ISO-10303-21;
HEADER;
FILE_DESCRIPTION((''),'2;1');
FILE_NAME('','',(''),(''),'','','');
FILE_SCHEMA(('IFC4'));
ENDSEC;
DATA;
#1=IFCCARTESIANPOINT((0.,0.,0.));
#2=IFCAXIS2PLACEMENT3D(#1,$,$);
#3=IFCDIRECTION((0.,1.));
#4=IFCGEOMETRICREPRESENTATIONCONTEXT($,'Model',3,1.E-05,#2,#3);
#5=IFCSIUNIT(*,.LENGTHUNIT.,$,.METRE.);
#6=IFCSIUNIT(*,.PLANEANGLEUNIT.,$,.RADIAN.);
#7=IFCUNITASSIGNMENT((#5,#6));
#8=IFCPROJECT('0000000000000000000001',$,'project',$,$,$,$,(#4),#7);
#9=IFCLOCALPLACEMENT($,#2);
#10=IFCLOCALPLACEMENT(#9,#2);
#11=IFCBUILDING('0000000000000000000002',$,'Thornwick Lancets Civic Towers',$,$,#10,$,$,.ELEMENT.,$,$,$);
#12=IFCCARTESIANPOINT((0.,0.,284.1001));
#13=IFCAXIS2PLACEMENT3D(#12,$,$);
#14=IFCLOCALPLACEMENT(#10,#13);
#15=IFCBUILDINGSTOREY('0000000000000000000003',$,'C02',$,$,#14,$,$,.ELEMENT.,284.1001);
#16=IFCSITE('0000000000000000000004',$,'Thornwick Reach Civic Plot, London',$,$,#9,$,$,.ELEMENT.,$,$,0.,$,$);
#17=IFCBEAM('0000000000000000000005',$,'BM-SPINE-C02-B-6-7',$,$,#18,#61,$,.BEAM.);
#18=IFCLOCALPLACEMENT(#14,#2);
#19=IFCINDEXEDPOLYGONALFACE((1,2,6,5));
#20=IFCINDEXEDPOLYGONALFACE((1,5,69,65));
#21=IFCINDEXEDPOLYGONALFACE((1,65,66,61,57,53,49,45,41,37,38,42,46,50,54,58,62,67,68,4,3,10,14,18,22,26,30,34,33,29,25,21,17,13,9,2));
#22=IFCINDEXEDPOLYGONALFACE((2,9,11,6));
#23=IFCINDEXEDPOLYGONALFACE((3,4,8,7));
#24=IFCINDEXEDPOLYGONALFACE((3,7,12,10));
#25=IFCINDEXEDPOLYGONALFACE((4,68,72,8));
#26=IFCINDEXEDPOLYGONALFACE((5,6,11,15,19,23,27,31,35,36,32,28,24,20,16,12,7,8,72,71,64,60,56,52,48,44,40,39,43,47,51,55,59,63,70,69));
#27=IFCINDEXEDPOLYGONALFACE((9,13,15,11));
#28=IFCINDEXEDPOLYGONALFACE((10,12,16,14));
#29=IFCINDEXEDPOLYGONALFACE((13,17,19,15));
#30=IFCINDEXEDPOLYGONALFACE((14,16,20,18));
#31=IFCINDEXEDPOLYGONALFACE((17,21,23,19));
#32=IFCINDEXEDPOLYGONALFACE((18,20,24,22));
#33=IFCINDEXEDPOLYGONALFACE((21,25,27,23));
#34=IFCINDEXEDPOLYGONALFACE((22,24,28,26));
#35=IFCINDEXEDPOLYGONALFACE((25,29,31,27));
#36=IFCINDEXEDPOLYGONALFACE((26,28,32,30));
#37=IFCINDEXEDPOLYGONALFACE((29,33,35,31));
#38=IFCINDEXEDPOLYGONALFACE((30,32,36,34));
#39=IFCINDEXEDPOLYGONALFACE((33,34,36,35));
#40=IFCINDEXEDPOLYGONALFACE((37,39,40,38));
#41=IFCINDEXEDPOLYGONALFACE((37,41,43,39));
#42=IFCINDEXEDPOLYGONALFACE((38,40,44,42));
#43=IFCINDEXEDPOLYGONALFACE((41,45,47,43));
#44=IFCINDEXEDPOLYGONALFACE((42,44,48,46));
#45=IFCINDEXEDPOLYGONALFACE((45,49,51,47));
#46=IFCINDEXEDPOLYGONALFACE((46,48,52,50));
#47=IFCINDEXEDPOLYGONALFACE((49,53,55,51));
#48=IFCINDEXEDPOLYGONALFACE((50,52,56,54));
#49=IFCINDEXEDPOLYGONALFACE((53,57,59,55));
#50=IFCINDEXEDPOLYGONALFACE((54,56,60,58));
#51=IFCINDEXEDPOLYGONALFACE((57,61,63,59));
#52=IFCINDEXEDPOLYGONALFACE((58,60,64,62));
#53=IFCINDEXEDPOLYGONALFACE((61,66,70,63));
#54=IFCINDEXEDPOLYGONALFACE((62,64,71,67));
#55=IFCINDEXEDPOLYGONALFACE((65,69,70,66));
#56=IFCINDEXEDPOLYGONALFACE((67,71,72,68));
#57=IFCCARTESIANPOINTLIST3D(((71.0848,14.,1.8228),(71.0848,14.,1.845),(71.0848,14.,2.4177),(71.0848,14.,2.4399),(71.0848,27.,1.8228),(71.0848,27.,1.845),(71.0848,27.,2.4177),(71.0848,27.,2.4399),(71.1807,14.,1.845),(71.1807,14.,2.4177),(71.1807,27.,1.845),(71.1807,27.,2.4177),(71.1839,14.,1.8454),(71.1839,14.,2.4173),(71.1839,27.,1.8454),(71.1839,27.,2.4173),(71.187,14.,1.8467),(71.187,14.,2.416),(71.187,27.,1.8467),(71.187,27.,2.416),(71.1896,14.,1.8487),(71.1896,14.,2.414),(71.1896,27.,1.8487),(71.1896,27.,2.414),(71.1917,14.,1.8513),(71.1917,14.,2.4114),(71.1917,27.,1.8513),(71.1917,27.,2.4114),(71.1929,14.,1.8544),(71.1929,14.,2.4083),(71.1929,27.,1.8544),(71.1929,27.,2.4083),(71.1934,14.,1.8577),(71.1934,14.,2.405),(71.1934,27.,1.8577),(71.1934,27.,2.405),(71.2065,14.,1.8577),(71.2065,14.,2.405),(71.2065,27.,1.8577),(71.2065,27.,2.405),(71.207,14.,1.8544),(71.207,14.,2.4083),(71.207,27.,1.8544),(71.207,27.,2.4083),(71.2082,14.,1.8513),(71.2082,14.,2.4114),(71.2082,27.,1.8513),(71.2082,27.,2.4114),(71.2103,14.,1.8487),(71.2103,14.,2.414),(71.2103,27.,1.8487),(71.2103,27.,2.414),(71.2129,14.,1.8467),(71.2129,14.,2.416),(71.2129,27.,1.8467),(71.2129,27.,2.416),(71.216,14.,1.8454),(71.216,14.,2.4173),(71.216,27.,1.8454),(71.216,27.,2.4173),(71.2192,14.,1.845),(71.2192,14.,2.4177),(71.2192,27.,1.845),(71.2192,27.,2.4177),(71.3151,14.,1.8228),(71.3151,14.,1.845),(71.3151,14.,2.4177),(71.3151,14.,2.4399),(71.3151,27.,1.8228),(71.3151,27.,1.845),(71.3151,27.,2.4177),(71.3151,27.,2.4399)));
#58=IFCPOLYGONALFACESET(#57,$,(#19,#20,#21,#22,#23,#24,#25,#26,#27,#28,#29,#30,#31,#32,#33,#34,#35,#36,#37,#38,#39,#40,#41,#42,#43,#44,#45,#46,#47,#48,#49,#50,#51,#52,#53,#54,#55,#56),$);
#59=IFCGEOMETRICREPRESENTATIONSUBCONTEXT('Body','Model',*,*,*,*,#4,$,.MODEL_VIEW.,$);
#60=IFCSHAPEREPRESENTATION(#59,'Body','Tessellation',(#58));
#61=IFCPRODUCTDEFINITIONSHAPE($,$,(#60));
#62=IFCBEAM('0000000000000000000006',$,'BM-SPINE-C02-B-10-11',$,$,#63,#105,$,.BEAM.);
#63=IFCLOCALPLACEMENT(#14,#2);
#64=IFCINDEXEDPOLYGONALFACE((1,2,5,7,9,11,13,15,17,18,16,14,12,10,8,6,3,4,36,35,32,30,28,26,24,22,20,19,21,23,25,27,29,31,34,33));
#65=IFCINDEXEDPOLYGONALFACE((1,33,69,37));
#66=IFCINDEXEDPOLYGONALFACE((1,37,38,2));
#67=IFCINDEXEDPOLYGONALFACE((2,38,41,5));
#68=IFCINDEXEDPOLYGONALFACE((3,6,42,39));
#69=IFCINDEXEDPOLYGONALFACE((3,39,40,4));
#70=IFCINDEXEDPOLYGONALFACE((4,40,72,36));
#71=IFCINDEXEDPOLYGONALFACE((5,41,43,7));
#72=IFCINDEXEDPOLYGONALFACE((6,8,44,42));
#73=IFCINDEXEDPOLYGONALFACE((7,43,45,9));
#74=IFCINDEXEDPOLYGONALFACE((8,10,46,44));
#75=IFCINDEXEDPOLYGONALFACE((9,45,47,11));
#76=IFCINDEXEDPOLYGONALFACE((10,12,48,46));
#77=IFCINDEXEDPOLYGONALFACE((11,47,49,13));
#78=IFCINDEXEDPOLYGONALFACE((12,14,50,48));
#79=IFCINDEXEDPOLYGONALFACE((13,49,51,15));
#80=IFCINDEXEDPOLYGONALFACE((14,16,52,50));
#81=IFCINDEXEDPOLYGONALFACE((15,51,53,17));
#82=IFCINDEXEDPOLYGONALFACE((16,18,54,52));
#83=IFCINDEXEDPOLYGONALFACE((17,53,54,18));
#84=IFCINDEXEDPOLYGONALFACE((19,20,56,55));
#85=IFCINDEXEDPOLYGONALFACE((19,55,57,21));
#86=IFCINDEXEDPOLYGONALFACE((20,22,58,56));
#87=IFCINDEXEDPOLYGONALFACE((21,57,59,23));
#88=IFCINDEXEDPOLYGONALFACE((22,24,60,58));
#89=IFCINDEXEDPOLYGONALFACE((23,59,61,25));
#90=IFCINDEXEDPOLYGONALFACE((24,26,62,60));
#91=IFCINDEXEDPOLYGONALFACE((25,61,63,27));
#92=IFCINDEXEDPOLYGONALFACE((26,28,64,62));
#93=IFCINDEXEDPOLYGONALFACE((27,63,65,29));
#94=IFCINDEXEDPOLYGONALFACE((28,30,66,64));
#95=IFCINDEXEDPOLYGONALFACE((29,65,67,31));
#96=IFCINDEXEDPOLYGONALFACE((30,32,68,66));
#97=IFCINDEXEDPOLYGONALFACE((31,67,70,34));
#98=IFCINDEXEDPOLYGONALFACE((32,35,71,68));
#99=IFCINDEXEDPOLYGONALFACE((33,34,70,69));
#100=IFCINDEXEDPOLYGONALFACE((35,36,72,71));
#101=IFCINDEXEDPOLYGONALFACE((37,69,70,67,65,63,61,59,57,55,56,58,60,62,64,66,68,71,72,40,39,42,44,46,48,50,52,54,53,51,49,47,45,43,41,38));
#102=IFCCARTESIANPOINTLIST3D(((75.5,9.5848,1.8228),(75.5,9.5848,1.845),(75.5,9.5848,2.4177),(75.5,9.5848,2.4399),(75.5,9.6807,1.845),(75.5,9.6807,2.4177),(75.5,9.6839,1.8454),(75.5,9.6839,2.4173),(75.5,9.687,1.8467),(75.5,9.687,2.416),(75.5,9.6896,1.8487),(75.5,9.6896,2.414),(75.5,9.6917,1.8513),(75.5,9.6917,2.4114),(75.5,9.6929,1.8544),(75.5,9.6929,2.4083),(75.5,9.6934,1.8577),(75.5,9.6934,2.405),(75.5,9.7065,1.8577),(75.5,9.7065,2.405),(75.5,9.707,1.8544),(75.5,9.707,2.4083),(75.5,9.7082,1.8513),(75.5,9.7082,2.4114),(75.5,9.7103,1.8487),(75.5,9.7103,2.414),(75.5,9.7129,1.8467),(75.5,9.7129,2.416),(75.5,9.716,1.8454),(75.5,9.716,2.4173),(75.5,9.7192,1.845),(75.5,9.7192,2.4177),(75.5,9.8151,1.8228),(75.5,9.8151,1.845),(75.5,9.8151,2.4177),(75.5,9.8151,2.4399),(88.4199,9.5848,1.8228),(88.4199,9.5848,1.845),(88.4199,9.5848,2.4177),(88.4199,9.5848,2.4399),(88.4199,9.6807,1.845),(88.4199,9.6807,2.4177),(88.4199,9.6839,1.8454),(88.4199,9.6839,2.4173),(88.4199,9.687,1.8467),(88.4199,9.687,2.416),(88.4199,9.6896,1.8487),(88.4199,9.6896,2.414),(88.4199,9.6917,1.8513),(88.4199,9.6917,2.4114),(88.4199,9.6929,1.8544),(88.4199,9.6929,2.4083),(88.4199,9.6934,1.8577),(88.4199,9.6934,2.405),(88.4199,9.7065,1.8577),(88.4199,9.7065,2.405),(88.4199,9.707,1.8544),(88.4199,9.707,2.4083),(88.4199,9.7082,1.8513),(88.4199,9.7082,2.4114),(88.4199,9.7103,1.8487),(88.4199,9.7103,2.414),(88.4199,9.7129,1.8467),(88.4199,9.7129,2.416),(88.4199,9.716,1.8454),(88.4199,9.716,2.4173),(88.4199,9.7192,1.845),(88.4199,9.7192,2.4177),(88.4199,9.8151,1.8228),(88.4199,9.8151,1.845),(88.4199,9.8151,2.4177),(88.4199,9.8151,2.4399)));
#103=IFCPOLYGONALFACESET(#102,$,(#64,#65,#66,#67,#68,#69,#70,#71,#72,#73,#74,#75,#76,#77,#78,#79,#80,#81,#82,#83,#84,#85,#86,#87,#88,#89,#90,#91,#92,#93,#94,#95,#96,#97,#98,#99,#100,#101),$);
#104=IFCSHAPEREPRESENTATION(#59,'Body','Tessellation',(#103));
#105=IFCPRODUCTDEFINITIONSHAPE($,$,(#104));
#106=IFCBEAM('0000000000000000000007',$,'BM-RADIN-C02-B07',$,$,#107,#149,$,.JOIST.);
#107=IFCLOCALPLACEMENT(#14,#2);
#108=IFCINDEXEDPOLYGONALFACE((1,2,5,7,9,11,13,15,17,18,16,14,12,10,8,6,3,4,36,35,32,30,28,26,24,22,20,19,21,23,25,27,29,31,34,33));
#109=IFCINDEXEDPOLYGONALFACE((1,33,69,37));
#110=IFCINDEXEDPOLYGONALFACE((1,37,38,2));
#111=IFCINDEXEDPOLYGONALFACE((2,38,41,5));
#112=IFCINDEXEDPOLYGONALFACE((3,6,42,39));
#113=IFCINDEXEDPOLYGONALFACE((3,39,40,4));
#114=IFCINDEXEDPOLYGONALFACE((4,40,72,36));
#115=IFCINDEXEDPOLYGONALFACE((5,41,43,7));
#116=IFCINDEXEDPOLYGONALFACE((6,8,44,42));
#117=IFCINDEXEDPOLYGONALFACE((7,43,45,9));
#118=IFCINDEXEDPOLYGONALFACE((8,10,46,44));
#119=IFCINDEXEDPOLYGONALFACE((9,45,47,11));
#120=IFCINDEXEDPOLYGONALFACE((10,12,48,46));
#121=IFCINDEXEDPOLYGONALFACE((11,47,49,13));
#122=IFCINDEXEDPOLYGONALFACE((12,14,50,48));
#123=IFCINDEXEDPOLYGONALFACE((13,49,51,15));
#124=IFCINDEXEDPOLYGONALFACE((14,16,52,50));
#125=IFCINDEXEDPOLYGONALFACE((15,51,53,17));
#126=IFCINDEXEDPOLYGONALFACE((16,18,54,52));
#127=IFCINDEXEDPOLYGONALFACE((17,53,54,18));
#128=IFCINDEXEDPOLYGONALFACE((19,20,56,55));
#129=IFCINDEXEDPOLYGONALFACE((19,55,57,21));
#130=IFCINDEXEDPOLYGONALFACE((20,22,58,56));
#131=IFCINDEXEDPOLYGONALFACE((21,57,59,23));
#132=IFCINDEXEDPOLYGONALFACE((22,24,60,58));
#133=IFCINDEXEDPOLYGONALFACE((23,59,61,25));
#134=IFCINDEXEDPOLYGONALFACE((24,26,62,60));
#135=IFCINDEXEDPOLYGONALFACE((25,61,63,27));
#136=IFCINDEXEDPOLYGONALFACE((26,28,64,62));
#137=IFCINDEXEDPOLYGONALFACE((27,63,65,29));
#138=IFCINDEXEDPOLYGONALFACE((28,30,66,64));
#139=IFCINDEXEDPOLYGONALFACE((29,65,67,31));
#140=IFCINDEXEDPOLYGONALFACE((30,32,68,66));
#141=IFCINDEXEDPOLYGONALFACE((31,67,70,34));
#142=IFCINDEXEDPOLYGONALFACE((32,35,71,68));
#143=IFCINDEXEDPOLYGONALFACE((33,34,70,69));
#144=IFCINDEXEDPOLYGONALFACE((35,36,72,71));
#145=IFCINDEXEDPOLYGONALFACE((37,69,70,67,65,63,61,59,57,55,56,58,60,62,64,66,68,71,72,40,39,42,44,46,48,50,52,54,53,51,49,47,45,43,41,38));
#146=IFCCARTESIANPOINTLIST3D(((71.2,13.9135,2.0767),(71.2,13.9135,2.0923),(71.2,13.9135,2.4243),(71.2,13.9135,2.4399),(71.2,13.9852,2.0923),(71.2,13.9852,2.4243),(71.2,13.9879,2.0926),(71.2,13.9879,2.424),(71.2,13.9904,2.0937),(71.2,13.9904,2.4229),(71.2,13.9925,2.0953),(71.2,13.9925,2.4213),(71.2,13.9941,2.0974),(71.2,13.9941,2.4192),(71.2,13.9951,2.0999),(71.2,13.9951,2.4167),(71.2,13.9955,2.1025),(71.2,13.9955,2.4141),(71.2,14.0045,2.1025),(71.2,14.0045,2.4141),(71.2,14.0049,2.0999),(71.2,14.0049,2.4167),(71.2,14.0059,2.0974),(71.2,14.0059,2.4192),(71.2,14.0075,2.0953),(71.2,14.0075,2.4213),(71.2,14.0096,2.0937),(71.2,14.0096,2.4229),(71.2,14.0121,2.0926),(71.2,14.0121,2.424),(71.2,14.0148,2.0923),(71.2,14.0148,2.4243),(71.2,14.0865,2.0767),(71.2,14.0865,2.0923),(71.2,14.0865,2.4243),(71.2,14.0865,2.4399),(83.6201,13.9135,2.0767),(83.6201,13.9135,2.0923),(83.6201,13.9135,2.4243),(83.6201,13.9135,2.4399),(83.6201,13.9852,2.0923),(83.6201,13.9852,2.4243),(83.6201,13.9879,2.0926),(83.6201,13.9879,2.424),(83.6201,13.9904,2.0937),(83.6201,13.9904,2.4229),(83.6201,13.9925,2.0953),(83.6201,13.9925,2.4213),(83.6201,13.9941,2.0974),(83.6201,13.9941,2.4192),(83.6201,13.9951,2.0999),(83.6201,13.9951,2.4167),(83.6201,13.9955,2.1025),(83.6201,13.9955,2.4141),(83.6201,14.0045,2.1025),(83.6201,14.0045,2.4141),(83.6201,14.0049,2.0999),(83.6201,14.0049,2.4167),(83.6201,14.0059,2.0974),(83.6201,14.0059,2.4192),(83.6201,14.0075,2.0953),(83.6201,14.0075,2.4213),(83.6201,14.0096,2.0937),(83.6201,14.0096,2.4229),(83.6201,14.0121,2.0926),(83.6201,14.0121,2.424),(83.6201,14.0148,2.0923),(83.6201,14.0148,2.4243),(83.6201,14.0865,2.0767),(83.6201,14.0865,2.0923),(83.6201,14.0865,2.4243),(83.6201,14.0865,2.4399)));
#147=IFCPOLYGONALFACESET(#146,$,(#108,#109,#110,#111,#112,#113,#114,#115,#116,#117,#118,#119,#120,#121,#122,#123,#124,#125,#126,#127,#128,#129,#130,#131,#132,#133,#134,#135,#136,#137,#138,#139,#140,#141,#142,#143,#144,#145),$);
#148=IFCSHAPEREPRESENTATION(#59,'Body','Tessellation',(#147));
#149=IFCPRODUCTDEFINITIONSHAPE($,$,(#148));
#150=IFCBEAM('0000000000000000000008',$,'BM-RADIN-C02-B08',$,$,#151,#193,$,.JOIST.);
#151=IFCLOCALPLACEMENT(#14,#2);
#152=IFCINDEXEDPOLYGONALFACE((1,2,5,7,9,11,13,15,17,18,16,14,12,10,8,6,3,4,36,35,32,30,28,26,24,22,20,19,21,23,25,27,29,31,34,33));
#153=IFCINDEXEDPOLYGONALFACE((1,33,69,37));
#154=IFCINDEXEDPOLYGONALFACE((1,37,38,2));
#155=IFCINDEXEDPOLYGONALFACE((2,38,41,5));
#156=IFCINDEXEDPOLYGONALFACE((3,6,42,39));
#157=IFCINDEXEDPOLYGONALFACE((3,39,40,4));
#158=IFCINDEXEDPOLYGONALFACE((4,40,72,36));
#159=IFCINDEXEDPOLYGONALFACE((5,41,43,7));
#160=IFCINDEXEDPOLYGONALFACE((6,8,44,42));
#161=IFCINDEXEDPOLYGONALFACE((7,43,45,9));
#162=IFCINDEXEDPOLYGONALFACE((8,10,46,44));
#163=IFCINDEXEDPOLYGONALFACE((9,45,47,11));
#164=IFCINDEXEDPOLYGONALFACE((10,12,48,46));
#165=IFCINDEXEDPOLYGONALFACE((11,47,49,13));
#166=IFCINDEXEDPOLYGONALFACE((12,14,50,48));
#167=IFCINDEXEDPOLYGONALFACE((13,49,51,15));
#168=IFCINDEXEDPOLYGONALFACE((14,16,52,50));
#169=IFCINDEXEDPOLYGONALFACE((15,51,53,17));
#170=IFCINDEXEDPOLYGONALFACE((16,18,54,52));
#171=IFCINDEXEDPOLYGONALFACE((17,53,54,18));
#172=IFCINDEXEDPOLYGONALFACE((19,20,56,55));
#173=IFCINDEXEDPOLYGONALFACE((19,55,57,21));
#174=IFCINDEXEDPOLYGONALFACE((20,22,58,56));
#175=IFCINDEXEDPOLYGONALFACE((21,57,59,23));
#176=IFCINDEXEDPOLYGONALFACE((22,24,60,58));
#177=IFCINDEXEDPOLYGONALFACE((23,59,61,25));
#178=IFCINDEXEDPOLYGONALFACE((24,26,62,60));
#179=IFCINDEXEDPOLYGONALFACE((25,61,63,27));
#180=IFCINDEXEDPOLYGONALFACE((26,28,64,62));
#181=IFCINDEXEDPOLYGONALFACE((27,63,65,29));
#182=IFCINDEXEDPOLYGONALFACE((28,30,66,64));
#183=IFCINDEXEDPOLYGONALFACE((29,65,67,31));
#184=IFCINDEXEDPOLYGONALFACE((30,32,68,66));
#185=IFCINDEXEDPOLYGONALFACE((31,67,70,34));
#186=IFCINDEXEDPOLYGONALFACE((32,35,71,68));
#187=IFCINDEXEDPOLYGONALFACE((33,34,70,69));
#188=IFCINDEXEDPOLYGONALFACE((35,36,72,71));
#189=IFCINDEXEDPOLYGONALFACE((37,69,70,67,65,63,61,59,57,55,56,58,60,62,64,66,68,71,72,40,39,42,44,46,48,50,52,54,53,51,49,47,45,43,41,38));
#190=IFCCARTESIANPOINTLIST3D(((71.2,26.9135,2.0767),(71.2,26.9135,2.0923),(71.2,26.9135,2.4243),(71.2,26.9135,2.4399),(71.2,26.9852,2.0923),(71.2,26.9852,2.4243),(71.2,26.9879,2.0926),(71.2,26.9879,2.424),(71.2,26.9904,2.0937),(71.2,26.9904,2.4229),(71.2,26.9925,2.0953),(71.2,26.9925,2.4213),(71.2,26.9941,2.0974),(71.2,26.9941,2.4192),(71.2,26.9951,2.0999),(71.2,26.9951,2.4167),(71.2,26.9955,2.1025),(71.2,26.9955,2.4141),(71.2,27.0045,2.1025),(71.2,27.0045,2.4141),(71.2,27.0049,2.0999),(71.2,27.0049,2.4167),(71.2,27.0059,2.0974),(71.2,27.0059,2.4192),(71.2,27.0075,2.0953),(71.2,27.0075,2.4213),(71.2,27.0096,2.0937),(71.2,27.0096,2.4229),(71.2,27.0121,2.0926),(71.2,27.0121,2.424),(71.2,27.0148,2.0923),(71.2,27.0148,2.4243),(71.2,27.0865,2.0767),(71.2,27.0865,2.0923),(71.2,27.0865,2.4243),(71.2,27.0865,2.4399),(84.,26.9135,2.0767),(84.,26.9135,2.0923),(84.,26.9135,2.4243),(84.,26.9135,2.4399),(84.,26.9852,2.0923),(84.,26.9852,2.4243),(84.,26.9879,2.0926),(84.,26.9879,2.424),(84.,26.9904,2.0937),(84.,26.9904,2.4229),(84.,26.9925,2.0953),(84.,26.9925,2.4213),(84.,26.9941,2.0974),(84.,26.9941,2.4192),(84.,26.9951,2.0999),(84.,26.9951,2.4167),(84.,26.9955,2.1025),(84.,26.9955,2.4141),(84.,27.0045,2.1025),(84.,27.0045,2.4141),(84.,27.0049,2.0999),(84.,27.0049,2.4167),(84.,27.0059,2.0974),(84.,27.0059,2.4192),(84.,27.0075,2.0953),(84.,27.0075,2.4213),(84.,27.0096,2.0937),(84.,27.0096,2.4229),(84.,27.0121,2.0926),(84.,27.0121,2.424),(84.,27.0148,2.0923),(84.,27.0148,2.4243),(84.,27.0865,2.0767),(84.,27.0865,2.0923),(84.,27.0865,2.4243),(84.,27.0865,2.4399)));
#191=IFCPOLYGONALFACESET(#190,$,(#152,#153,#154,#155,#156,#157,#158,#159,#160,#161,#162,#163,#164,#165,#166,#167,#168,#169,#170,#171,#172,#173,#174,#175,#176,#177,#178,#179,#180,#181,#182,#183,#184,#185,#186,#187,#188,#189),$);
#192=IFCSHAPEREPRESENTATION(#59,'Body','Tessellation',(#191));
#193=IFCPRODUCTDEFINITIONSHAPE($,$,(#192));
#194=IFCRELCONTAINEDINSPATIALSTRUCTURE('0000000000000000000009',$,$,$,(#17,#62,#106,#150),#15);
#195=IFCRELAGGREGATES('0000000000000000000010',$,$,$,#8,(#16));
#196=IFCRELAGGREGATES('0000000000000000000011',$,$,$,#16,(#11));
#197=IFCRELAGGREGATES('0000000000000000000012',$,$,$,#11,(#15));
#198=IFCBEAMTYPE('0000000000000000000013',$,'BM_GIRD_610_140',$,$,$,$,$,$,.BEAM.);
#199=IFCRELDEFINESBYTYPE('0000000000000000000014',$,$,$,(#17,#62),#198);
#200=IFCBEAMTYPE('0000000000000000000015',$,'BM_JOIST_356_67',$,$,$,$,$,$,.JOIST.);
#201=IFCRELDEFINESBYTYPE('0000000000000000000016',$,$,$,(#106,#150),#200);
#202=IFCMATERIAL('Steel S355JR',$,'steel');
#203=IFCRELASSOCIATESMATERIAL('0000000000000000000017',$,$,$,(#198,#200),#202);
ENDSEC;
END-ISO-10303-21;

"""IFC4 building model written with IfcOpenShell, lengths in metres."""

from ifc_helpers import new_model, si_unit, direction, frame, origin, origin_2d, place, context, subcontext, project, spatial, i_section, extrude, material, material_profile, profile_set, type_object, element, save


model = new_model("IFC4")

# Units and contexts
model_context = context("Model", 3, precision=1e-05, world=origin(), true_north=direction((0.0, 1.0)))
body_context = subcontext(model_context, "Body", "Model", "MODEL_VIEW")
ifc_project = project(units=[si_unit("LENGTHUNIT", "METRE"), si_unit("PLANEANGLEUNIT", "RADIAN")], contexts=[model_context])

# Site, building, storey
site_placement = place(None, origin())
site = spatial("IfcSite", under=ifc_project, at=site_placement, Name="Thornwick Reach Civic Plot, London", CompositionType="ELEMENT", RefElevation=0.0)
building_placement = place(site_placement, origin())
building = spatial("IfcBuilding", under=site, at=building_placement, Name="Thornwick Lancets Civic Towers", CompositionType="ELEMENT")
storey_placement = place(building_placement, frame((0.0, 0.0, 284.1001)))
storey = spatial("IfcBuildingStorey", under=building, at=storey_placement, Name="C02", CompositionType="ELEMENT", Elevation=284.1001)

# Shared definitions
ifc_material_1 = material(Name="Steel S355JR", Category="steel")

# Beams
ifc_material_profile_1 = material_profile(ifc_material_1, i_section(OverallWidth=0.2302, OverallDepth=0.6172, WebThickness=0.0132, FlangeThickness=0.0222, FilletRadius=0.0127, at=origin_2d()), Name="UKB 610x229x140")
ifc_profile_set_1 = profile_set([ifc_material_profile_1], Name="Steel S355JR")
beam_type_1 = type_object("IfcBeamType", Name="BM_GIRD_610_140", PredefinedType="BEAM", material=ifc_profile_set_1)
beam_1_placement = place(storey_placement, frame((71.2, 14.0, 2.1313), z_axis=(0.0, 1.0, 0.0), x_axis=(-1.0, 0.0, 0.0)))
element("IfcBeam", 1, at=beam_1_placement, inside=storey, type_object=beam_type_1, Name="BM-SPINE-C02-B-6-7", PredefinedType="BEAM", context=body_context, shape_type="SweptSolid", body=[
    extrude(i_section(OverallWidth=0.2302, OverallDepth=0.6172, WebThickness=0.0132, FlangeThickness=0.0222, FilletRadius=0.0127, at=origin_2d()), origin(), (0.0, 0.0, 1.0), 13.0),
])
beam_2_placement = place(storey_placement, frame((88.4199, 9.7, 2.1313), z_axis=(-1.0, 0.0, 0.0), x_axis=(0.0, -1.0, 0.0)))
element("IfcBeam", 2, at=beam_2_placement, inside=storey, type_object=beam_type_1, Name="BM-SPINE-C02-B-10-11", PredefinedType="BEAM", context=body_context, shape_type="SweptSolid", body=[
    extrude(i_section(OverallWidth=0.2302, OverallDepth=0.6172, WebThickness=0.0132, FlangeThickness=0.0222, FilletRadius=0.0127, at=origin_2d()), origin(), (0.0, 0.0, 1.0), 12.9199),
])
ifc_material_profile_2 = material_profile(ifc_material_1, i_section(OverallWidth=0.1731, OverallDepth=0.3633, WebThickness=0.009, FlangeThickness=0.0156, FilletRadius=0.0103, at=origin_2d()), Name="UKB 356x171x67")
ifc_profile_set_2 = profile_set([ifc_material_profile_2], Name="Steel S355JR")
beam_type_2 = type_object("IfcBeamType", Name="BM_JOIST_356_67", PredefinedType="JOIST", material=ifc_profile_set_2)
beam_3_placement = place(storey_placement, frame((83.6201, 14.0, 2.2583), z_axis=(-1.0, 0.0, 0.0), x_axis=(0.0, -1.0, 0.0)))
element("IfcBeam", 3, at=beam_3_placement, inside=storey, type_object=beam_type_2, Name="BM-RADIN-C02-B07", PredefinedType="JOIST", context=body_context, shape_type="SweptSolid", body=[
    extrude(i_section(OverallWidth=0.1731, OverallDepth=0.3633, WebThickness=0.009, FlangeThickness=0.0156, FilletRadius=0.0103, at=origin_2d()), origin(), (0.0, 0.0, 1.0), 12.4202),
])
for number, where, z_axis, x_axis, name in (
    (4, (84.0, 27.0, 2.2583), (-1.0, 0.0, 0.0), (0.0, -1.0, 0.0), "BM-RADIN-C02-B08"),
):
    element("IfcBeam", number, at=place(storey_placement, frame(where, z_axis=z_axis, x_axis=x_axis)), inside=storey, type_object=beam_type_2, Name=name, PredefinedType="JOIST", context=body_context, shape_type="SweptSolid", body=[
        extrude(i_section(OverallWidth=0.1731, OverallDepth=0.3633, WebThickness=0.009, FlangeThickness=0.0156, FilletRadius=0.0103, at=origin_2d()), origin(), (0.0, 0.0, 1.0), 12.8),
    ])

save(model, "model.ifc")
